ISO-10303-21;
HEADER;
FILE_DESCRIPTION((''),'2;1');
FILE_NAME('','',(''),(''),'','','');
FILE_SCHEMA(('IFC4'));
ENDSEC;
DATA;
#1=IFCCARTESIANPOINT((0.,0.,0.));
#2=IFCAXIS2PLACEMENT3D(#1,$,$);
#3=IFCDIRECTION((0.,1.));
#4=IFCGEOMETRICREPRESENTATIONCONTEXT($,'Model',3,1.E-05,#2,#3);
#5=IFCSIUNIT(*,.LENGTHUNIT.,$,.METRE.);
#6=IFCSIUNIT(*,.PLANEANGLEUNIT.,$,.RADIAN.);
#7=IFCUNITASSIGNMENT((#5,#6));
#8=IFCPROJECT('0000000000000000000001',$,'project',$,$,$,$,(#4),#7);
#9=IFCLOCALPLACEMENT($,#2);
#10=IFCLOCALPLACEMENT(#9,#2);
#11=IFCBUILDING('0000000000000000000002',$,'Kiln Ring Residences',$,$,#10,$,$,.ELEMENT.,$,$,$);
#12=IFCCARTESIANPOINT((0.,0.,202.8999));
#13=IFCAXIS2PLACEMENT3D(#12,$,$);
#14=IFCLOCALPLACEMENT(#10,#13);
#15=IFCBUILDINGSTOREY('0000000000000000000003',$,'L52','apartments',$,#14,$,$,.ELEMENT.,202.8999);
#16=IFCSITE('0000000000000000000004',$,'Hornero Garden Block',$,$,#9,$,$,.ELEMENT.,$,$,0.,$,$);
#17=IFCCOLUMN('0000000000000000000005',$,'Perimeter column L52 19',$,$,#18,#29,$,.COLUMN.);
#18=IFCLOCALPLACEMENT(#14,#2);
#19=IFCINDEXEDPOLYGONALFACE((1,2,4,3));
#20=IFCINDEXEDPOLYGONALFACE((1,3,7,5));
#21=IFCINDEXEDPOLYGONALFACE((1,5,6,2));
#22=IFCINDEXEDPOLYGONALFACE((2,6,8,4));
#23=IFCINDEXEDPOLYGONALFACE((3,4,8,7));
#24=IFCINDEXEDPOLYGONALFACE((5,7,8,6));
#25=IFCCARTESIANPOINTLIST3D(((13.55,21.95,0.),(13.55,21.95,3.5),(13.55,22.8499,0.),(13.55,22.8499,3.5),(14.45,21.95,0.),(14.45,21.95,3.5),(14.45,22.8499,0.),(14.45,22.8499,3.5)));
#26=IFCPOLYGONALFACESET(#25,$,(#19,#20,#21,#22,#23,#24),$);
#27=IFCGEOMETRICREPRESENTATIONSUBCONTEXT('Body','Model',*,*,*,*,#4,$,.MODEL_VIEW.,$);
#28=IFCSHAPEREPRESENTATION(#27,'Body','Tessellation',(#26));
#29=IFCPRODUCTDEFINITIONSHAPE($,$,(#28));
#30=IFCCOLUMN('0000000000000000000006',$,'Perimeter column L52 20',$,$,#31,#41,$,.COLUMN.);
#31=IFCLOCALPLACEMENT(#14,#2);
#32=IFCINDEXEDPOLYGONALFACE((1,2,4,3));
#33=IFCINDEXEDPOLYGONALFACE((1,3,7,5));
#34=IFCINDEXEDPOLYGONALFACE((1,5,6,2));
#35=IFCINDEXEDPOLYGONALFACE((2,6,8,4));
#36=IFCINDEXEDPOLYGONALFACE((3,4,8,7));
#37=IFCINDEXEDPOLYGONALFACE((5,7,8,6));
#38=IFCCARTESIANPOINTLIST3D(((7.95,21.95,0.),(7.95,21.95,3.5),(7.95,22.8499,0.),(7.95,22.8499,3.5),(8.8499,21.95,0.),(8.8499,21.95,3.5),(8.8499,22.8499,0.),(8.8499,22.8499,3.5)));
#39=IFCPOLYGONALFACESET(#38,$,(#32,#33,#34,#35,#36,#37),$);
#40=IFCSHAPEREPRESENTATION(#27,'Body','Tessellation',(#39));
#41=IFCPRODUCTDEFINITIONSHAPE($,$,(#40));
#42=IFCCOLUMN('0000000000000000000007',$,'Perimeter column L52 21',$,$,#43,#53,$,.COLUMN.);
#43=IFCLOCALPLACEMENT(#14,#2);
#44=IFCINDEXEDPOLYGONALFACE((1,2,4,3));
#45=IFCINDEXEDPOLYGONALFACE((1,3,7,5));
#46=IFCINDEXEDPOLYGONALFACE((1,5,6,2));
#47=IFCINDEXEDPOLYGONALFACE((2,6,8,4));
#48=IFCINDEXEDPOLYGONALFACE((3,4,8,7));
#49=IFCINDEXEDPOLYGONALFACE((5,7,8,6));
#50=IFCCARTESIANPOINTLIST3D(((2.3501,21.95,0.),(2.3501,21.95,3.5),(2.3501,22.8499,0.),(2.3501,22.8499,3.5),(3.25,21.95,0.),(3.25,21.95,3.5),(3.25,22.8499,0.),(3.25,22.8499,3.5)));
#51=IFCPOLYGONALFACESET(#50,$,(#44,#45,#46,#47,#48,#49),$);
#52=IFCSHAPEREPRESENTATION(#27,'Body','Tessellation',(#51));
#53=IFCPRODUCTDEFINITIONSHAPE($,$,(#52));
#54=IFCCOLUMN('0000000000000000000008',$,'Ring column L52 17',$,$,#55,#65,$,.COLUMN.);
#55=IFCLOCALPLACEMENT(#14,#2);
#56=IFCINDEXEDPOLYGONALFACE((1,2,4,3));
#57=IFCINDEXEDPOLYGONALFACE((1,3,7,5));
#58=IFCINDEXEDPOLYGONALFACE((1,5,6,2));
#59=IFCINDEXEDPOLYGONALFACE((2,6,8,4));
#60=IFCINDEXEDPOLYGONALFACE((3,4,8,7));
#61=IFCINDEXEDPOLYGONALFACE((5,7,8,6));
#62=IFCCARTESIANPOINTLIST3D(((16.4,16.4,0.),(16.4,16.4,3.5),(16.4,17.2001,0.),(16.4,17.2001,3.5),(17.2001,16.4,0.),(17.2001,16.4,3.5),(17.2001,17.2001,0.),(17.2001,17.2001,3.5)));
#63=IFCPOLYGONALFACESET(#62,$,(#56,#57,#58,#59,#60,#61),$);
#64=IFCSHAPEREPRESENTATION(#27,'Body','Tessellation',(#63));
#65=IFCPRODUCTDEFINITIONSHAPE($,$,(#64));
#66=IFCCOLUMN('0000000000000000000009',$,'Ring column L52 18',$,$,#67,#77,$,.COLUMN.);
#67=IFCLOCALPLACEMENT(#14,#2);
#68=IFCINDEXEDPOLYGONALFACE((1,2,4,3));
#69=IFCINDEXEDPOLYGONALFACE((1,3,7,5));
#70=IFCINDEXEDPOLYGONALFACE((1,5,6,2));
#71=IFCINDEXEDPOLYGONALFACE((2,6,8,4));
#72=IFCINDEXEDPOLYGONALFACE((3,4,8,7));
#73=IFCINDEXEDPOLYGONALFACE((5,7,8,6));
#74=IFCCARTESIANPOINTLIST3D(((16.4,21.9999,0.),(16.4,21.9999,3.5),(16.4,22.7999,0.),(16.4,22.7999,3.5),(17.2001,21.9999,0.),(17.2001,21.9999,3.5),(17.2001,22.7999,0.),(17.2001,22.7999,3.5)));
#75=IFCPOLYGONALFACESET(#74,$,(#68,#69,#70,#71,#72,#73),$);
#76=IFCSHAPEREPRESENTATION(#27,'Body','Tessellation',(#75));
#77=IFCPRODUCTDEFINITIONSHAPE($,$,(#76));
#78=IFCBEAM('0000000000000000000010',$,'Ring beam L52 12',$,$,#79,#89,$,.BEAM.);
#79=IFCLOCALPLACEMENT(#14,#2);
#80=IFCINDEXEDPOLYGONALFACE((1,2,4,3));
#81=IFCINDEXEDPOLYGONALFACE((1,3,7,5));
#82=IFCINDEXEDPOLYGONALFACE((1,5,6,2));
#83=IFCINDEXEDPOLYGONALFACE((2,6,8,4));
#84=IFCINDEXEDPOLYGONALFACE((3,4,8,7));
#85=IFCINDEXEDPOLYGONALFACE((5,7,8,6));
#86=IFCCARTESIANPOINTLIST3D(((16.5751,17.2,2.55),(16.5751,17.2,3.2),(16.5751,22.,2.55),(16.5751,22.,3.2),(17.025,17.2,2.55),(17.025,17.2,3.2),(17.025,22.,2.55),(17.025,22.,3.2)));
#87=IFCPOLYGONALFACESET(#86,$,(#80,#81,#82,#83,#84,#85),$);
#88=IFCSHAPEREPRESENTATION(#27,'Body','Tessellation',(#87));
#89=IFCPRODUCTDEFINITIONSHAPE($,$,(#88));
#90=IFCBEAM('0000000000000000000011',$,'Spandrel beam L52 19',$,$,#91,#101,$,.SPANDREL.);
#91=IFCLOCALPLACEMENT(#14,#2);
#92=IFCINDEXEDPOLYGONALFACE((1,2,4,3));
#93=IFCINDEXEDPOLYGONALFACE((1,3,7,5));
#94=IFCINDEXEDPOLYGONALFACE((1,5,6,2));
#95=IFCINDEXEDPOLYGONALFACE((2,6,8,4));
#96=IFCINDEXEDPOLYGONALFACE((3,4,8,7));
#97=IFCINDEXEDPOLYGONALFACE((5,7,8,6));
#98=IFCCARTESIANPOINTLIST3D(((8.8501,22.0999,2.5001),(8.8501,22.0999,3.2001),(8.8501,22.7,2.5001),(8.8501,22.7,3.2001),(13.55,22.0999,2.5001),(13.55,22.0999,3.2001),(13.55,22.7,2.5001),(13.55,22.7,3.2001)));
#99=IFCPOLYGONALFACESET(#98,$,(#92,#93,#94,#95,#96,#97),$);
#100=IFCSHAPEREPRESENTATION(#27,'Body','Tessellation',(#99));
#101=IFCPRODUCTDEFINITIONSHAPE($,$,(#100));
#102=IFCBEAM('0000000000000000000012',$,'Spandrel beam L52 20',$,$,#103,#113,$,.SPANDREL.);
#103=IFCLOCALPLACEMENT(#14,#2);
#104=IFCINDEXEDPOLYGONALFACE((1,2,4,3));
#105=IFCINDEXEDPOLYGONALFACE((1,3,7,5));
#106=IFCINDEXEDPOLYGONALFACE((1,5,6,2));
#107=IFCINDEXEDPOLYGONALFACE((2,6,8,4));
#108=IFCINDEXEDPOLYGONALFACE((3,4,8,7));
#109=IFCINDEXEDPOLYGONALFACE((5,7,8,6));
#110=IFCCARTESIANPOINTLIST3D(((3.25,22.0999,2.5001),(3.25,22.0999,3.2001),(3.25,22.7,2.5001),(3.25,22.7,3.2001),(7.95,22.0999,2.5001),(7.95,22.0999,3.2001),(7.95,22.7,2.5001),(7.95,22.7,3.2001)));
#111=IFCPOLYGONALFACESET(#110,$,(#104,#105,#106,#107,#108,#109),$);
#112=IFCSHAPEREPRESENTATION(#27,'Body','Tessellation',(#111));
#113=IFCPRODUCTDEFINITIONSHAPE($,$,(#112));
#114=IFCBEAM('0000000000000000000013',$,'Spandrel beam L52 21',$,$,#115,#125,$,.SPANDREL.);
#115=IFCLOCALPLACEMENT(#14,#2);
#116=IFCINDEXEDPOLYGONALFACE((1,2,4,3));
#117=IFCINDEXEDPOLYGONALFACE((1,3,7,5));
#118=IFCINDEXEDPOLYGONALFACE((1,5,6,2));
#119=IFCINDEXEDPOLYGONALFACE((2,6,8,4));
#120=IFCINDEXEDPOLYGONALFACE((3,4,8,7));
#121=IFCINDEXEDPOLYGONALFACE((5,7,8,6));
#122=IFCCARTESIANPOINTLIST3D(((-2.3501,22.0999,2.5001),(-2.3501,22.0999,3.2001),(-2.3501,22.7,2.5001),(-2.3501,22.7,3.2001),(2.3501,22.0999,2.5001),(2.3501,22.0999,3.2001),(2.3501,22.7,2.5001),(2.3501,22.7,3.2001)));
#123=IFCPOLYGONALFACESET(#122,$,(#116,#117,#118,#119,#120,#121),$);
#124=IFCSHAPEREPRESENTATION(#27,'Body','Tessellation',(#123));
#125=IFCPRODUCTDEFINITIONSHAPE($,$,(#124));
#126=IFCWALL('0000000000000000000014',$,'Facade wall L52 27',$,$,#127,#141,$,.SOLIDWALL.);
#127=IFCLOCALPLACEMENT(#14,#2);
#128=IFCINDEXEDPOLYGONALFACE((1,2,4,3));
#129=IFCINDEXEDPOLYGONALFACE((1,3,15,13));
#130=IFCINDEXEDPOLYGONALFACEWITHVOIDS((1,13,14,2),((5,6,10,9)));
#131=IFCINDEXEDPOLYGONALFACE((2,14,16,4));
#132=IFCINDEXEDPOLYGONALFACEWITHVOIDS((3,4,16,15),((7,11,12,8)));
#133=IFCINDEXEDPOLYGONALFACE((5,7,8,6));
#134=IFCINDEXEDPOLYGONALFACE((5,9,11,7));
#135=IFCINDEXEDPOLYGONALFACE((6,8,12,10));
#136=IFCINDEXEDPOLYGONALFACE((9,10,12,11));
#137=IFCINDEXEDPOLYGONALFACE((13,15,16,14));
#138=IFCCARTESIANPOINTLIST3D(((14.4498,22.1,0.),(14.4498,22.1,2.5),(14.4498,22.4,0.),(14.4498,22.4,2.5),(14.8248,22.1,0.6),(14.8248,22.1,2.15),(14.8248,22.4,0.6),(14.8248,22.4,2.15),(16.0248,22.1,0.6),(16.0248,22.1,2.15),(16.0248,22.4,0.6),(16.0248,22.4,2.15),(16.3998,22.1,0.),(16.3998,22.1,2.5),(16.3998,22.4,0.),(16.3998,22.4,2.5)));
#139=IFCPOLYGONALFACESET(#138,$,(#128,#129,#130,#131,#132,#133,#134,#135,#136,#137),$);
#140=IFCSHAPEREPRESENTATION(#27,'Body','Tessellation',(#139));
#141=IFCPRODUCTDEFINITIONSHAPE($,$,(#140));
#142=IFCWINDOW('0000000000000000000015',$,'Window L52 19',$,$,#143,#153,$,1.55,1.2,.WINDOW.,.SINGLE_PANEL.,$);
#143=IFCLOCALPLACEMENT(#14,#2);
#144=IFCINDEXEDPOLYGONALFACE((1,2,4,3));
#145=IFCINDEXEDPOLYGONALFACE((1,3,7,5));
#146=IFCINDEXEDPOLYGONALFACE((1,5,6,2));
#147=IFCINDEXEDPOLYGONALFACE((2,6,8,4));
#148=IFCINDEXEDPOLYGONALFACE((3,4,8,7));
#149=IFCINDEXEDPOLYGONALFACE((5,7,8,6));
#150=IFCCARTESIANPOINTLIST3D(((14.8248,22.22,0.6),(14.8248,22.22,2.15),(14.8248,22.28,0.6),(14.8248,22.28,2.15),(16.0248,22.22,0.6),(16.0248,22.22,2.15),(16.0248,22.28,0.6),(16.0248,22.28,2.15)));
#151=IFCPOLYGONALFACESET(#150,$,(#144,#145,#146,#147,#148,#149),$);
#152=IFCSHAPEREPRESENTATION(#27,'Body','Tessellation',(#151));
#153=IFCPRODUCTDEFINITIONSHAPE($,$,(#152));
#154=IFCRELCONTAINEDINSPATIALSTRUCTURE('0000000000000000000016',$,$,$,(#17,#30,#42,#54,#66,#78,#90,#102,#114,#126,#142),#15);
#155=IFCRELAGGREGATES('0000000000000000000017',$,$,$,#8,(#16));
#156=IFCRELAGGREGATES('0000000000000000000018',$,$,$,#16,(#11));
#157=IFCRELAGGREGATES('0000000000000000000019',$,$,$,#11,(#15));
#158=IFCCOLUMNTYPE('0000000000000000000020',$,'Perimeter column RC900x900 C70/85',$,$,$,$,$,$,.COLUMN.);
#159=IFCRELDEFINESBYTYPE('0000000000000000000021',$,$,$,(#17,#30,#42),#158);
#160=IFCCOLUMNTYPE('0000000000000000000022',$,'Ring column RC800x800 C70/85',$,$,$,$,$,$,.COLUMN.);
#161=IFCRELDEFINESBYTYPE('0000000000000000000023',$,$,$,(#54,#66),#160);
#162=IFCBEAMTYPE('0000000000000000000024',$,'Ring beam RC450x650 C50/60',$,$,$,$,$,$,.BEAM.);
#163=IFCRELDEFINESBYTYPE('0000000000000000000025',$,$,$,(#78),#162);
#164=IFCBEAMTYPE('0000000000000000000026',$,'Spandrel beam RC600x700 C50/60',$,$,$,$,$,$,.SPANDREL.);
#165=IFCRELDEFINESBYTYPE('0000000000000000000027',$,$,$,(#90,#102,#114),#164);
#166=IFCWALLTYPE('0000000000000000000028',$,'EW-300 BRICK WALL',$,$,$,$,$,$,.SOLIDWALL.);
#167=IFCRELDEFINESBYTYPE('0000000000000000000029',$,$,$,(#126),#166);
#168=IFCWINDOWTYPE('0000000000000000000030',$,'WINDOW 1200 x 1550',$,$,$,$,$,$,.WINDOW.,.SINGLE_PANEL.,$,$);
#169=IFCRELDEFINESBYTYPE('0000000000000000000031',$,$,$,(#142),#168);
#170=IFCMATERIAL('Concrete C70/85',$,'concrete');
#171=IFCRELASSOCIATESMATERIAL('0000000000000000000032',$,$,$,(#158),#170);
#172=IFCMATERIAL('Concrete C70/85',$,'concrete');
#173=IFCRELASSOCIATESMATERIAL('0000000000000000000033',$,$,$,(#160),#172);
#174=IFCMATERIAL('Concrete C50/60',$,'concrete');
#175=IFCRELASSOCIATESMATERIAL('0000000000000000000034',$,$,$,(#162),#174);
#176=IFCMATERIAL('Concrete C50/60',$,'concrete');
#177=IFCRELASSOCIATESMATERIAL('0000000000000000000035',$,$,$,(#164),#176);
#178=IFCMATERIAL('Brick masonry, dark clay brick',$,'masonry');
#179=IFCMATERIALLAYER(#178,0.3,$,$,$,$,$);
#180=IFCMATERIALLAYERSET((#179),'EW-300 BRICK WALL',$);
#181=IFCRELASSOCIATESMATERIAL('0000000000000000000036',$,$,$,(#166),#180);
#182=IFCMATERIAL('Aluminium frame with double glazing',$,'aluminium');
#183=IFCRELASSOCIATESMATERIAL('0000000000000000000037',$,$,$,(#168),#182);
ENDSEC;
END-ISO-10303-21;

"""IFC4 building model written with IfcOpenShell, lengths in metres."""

from ifc_helpers import new_model, si_unit, direction, frame, frame_2d, origin, origin_2d, place, context, subcontext, project, spatial, rectangle, extrude, material, layer, layer_set, material_profile, profile_set, type_object, element, fill, save


model = new_model("IFC4")

# Units and contexts
model_context = context("Model", 3, precision=1e-05, world=origin(), true_north=direction((0.0, 1.0)))
body_context = subcontext(model_context, "Body", "Model", "MODEL_VIEW")
ifc_project = project(units=[si_unit("LENGTHUNIT", "METRE"), si_unit("PLANEANGLEUNIT", "RADIAN")], contexts=[model_context])

# Site, building, storey
site_placement = place(None, origin())
site = spatial("IfcSite", under=ifc_project, at=site_placement, Name="Hornero Garden Block", CompositionType="ELEMENT", RefElevation=0.0)
building_placement = place(site_placement, origin())
building = spatial("IfcBuilding", under=site, at=building_placement, Name="Kiln Ring Residences", CompositionType="ELEMENT")
storey_placement = place(building_placement, frame((0.0, 0.0, 202.8999)))
storey = spatial("IfcBuildingStorey", under=building, at=storey_placement, Name="L52", Description="apartments", CompositionType="ELEMENT", Elevation=202.8999)

# Columns
ifc_material_1 = material(Name="Concrete C70/85", Category="concrete")
ifc_material_profile_1 = material_profile(ifc_material_1, rectangle(XDim=0.8999, YDim=0.8999, at=origin_2d()), Name="RC900x900")
ifc_profile_set_1 = profile_set([ifc_material_profile_1], Name="Concrete C70/85")
column_type_1 = type_object("IfcColumnType", Name="Perimeter column RC900x900 C70/85", PredefinedType="COLUMN", material=ifc_profile_set_1)
for number, where, z_axis, x_axis, name in (
    (1, (14.0, 22.3999, 0.0), (0.0, 0.0, 1.0), (1.0, 0.0, 0.0), "Perimeter column L52 19"),
    (2, (8.3999, 22.3999, 0.0), (0.0, 0.0, 1.0), (1.0, 0.0, 0.0), "Perimeter column L52 20"),
    (3, (2.8, 22.3999, 0.0), (0.0, 0.0, 1.0), (1.0, 0.0, 0.0), "Perimeter column L52 21"),
):
    element("IfcColumn", number, at=place(storey_placement, frame(where, z_axis=z_axis, x_axis=x_axis)), inside=storey, type_object=column_type_1, Name=name, PredefinedType="COLUMN", context=body_context, shape_type="SweptSolid", body=[
        extrude(rectangle(XDim=0.8999, YDim=0.8999, at=origin_2d()), origin(), (0.0, 0.0, 1.0), 3.5),
    ])
ifc_material_2 = material(Name="Concrete C70/85", Category="concrete")
ifc_material_profile_2 = material_profile(ifc_material_2, rectangle(XDim=0.8, YDim=0.8, at=origin_2d()), Name="RC800x800")
ifc_profile_set_2 = profile_set([ifc_material_profile_2], Name="Concrete C70/85")
column_type_2 = type_object("IfcColumnType", Name="Ring column RC800x800 C70/85", PredefinedType="COLUMN", material=ifc_profile_set_2)
for number, where, z_axis, x_axis, name in (
    (4, (16.8, 16.8, 0.0), (0.0, 0.0, 1.0), (1.0, 0.0, 0.0), "Ring column L52 17"),
    (5, (16.8, 22.3999, 0.0), (0.0, 0.0, 1.0), (1.0, 0.0, 0.0), "Ring column L52 18"),
):
    element("IfcColumn", number, at=place(storey_placement, frame(where, z_axis=z_axis, x_axis=x_axis)), inside=storey, type_object=column_type_2, Name=name, PredefinedType="COLUMN", context=body_context, shape_type="SweptSolid", body=[
        extrude(rectangle(XDim=0.8, YDim=0.8, at=origin_2d()), origin(), (0.0, 0.0, 1.0), 3.5),
    ])

# Beams
ifc_material_3 = material(Name="Concrete C50/60", Category="concrete")
ifc_material_profile_3 = material_profile(ifc_material_3, rectangle(XDim=0.45, YDim=0.6499, at=origin_2d()), Name="RC450x650")
ifc_profile_set_3 = profile_set([ifc_material_profile_3], Name="Concrete C50/60")
beam_type_1 = type_object("IfcBeamType", Name="Ring beam RC450x650 C50/60", PredefinedType="BEAM", material=ifc_profile_set_3)
beam_1_placement = place(storey_placement, frame((16.8, 17.2, 2.875), z_axis=(0.0, 1.0, 0.0), x_axis=(-1.0, 0.0, 0.0)))
element("IfcBeam", 6, at=beam_1_placement, inside=storey, type_object=beam_type_1, Name="Ring beam L52 12", PredefinedType="BEAM", context=body_context, shape_type="SweptSolid", body=[
    extrude(rectangle(XDim=0.45, YDim=0.6499, at=origin_2d()), origin(), (0.0, 0.0, 1.0), 4.8),
])
ifc_material_4 = material(Name="Concrete C50/60", Category="concrete")
ifc_material_profile_4 = material_profile(ifc_material_4, rectangle(XDim=0.6001, YDim=0.7, at=origin_2d()), Name="RC600x700")
ifc_profile_set_4 = profile_set([ifc_material_profile_4], Name="Concrete C50/60")
beam_type_2 = type_object("IfcBeamType", Name="Spandrel beam RC600x700 C50/60", PredefinedType="SPANDREL", material=ifc_profile_set_4)
for number, where, z_axis, x_axis, name in (
    (7, (13.55, 22.3999, 2.8501), (-1.0, 0.0, 0.0), (0.0, -1.0, 0.0), "Spandrel beam L52 19"),
    (8, (7.95, 22.3999, 2.8501), (-1.0, 0.0, 0.0), (0.0, -1.0, 0.0), "Spandrel beam L52 20"),
):
    element("IfcBeam", number, at=place(storey_placement, frame(where, z_axis=z_axis, x_axis=x_axis)), inside=storey, type_object=beam_type_2, Name=name, PredefinedType="SPANDREL", context=body_context, shape_type="SweptSolid", body=[
        extrude(rectangle(XDim=0.6001, YDim=0.7, at=origin_2d()), origin(), (0.0, 0.0, 1.0), 4.7),
    ])
beam_2_placement = place(storey_placement, frame((2.3501, 22.3999, 2.8501), z_axis=(-1.0, 0.0, 0.0), x_axis=(0.0, -1.0, 0.0)))
element("IfcBeam", 9, at=beam_2_placement, inside=storey, type_object=beam_type_2, Name="Spandrel beam L52 21", PredefinedType="SPANDREL", context=body_context, shape_type="SweptSolid", body=[
    extrude(rectangle(XDim=0.6001, YDim=0.7, at=origin_2d()), origin(), (0.0, 0.0, 1.0), 4.7002),
])

# Wall, opening, window
ifc_material_5 = material(Name="Brick masonry, dark clay brick", Category="masonry")
ifc_layer_1 = layer(ifc_material_5, 0.3)
ifc_layer_set_1 = layer_set([ifc_layer_1], Name="EW-300 BRICK WALL")
wall_type_1 = type_object("IfcWallType", Name="EW-300 BRICK WALL", PredefinedType="SOLIDWALL", material=ifc_layer_set_1)
wall_1_placement = place(storey_placement, frame((16.3999, 22.25, 0.0), z_axis=(0.0, 0.0, 1.0), x_axis=(-1.0, 0.0, 0.0)))
wall_1 = element("IfcWall", 10, at=wall_1_placement, inside=storey, type_object=wall_type_1, Name="Facade wall L52 27", PredefinedType="SOLIDWALL", context=body_context, shape_type="SweptSolid", body=[
    extrude(rectangle(XDim=1.95, YDim=0.3, at=frame_2d((0.9751, 0.0))), origin(), (0.0, 0.0, 1.0), 2.5),
])
opening_1_placement = place(wall_1_placement, frame((0.375, 0.0, 0.6001)))
opening_1 = element("IfcOpeningElement", 11, at=opening_1_placement, cuts=wall_1, PredefinedType="OPENING", context=body_context, shape_type="SweptSolid", body=[
    extrude(rectangle(XDim=1.2, YDim=1.55, at=frame_2d((0.6001, 0.7749))), frame((0.0, 0.1599, 0.0), z_axis=(0.0, -1.0, 0.0), x_axis=(1.0, 0.0, 0.0)), (0.0, 0.0, 1.0), 0.3201),
])
ifc_material_6 = material(Name="Aluminium frame with double glazing", Category="aluminium")
window_type = type_object("IfcWindowType", Name="WINDOW 1200 x 1550", PartitioningType="SINGLE_PANEL", PredefinedType="WINDOW", material=ifc_material_6)
window_1_placement = place(opening_1_placement, origin())
window_1 = element("IfcWindow", 12, at=window_1_placement, inside=storey, type_object=window_type, Name="Window L52 19", OverallHeight=1.55, OverallWidth=1.2, PartitioningType="SINGLE_PANEL", PredefinedType="WINDOW", context=body_context, shape_type="SweptSolid", body=[
    extrude(rectangle(XDim=1.2, YDim=1.55, at=frame_2d((0.6001, 0.7749))), frame((0.0, 0.03, 0.0), z_axis=(0.0, -1.0, 0.0), x_axis=(1.0, 0.0, 0.0)), (0.0, 0.0, 1.0), 0.0601),
])
fill(opening_1, window_1)

save(model, "model.ifc")
